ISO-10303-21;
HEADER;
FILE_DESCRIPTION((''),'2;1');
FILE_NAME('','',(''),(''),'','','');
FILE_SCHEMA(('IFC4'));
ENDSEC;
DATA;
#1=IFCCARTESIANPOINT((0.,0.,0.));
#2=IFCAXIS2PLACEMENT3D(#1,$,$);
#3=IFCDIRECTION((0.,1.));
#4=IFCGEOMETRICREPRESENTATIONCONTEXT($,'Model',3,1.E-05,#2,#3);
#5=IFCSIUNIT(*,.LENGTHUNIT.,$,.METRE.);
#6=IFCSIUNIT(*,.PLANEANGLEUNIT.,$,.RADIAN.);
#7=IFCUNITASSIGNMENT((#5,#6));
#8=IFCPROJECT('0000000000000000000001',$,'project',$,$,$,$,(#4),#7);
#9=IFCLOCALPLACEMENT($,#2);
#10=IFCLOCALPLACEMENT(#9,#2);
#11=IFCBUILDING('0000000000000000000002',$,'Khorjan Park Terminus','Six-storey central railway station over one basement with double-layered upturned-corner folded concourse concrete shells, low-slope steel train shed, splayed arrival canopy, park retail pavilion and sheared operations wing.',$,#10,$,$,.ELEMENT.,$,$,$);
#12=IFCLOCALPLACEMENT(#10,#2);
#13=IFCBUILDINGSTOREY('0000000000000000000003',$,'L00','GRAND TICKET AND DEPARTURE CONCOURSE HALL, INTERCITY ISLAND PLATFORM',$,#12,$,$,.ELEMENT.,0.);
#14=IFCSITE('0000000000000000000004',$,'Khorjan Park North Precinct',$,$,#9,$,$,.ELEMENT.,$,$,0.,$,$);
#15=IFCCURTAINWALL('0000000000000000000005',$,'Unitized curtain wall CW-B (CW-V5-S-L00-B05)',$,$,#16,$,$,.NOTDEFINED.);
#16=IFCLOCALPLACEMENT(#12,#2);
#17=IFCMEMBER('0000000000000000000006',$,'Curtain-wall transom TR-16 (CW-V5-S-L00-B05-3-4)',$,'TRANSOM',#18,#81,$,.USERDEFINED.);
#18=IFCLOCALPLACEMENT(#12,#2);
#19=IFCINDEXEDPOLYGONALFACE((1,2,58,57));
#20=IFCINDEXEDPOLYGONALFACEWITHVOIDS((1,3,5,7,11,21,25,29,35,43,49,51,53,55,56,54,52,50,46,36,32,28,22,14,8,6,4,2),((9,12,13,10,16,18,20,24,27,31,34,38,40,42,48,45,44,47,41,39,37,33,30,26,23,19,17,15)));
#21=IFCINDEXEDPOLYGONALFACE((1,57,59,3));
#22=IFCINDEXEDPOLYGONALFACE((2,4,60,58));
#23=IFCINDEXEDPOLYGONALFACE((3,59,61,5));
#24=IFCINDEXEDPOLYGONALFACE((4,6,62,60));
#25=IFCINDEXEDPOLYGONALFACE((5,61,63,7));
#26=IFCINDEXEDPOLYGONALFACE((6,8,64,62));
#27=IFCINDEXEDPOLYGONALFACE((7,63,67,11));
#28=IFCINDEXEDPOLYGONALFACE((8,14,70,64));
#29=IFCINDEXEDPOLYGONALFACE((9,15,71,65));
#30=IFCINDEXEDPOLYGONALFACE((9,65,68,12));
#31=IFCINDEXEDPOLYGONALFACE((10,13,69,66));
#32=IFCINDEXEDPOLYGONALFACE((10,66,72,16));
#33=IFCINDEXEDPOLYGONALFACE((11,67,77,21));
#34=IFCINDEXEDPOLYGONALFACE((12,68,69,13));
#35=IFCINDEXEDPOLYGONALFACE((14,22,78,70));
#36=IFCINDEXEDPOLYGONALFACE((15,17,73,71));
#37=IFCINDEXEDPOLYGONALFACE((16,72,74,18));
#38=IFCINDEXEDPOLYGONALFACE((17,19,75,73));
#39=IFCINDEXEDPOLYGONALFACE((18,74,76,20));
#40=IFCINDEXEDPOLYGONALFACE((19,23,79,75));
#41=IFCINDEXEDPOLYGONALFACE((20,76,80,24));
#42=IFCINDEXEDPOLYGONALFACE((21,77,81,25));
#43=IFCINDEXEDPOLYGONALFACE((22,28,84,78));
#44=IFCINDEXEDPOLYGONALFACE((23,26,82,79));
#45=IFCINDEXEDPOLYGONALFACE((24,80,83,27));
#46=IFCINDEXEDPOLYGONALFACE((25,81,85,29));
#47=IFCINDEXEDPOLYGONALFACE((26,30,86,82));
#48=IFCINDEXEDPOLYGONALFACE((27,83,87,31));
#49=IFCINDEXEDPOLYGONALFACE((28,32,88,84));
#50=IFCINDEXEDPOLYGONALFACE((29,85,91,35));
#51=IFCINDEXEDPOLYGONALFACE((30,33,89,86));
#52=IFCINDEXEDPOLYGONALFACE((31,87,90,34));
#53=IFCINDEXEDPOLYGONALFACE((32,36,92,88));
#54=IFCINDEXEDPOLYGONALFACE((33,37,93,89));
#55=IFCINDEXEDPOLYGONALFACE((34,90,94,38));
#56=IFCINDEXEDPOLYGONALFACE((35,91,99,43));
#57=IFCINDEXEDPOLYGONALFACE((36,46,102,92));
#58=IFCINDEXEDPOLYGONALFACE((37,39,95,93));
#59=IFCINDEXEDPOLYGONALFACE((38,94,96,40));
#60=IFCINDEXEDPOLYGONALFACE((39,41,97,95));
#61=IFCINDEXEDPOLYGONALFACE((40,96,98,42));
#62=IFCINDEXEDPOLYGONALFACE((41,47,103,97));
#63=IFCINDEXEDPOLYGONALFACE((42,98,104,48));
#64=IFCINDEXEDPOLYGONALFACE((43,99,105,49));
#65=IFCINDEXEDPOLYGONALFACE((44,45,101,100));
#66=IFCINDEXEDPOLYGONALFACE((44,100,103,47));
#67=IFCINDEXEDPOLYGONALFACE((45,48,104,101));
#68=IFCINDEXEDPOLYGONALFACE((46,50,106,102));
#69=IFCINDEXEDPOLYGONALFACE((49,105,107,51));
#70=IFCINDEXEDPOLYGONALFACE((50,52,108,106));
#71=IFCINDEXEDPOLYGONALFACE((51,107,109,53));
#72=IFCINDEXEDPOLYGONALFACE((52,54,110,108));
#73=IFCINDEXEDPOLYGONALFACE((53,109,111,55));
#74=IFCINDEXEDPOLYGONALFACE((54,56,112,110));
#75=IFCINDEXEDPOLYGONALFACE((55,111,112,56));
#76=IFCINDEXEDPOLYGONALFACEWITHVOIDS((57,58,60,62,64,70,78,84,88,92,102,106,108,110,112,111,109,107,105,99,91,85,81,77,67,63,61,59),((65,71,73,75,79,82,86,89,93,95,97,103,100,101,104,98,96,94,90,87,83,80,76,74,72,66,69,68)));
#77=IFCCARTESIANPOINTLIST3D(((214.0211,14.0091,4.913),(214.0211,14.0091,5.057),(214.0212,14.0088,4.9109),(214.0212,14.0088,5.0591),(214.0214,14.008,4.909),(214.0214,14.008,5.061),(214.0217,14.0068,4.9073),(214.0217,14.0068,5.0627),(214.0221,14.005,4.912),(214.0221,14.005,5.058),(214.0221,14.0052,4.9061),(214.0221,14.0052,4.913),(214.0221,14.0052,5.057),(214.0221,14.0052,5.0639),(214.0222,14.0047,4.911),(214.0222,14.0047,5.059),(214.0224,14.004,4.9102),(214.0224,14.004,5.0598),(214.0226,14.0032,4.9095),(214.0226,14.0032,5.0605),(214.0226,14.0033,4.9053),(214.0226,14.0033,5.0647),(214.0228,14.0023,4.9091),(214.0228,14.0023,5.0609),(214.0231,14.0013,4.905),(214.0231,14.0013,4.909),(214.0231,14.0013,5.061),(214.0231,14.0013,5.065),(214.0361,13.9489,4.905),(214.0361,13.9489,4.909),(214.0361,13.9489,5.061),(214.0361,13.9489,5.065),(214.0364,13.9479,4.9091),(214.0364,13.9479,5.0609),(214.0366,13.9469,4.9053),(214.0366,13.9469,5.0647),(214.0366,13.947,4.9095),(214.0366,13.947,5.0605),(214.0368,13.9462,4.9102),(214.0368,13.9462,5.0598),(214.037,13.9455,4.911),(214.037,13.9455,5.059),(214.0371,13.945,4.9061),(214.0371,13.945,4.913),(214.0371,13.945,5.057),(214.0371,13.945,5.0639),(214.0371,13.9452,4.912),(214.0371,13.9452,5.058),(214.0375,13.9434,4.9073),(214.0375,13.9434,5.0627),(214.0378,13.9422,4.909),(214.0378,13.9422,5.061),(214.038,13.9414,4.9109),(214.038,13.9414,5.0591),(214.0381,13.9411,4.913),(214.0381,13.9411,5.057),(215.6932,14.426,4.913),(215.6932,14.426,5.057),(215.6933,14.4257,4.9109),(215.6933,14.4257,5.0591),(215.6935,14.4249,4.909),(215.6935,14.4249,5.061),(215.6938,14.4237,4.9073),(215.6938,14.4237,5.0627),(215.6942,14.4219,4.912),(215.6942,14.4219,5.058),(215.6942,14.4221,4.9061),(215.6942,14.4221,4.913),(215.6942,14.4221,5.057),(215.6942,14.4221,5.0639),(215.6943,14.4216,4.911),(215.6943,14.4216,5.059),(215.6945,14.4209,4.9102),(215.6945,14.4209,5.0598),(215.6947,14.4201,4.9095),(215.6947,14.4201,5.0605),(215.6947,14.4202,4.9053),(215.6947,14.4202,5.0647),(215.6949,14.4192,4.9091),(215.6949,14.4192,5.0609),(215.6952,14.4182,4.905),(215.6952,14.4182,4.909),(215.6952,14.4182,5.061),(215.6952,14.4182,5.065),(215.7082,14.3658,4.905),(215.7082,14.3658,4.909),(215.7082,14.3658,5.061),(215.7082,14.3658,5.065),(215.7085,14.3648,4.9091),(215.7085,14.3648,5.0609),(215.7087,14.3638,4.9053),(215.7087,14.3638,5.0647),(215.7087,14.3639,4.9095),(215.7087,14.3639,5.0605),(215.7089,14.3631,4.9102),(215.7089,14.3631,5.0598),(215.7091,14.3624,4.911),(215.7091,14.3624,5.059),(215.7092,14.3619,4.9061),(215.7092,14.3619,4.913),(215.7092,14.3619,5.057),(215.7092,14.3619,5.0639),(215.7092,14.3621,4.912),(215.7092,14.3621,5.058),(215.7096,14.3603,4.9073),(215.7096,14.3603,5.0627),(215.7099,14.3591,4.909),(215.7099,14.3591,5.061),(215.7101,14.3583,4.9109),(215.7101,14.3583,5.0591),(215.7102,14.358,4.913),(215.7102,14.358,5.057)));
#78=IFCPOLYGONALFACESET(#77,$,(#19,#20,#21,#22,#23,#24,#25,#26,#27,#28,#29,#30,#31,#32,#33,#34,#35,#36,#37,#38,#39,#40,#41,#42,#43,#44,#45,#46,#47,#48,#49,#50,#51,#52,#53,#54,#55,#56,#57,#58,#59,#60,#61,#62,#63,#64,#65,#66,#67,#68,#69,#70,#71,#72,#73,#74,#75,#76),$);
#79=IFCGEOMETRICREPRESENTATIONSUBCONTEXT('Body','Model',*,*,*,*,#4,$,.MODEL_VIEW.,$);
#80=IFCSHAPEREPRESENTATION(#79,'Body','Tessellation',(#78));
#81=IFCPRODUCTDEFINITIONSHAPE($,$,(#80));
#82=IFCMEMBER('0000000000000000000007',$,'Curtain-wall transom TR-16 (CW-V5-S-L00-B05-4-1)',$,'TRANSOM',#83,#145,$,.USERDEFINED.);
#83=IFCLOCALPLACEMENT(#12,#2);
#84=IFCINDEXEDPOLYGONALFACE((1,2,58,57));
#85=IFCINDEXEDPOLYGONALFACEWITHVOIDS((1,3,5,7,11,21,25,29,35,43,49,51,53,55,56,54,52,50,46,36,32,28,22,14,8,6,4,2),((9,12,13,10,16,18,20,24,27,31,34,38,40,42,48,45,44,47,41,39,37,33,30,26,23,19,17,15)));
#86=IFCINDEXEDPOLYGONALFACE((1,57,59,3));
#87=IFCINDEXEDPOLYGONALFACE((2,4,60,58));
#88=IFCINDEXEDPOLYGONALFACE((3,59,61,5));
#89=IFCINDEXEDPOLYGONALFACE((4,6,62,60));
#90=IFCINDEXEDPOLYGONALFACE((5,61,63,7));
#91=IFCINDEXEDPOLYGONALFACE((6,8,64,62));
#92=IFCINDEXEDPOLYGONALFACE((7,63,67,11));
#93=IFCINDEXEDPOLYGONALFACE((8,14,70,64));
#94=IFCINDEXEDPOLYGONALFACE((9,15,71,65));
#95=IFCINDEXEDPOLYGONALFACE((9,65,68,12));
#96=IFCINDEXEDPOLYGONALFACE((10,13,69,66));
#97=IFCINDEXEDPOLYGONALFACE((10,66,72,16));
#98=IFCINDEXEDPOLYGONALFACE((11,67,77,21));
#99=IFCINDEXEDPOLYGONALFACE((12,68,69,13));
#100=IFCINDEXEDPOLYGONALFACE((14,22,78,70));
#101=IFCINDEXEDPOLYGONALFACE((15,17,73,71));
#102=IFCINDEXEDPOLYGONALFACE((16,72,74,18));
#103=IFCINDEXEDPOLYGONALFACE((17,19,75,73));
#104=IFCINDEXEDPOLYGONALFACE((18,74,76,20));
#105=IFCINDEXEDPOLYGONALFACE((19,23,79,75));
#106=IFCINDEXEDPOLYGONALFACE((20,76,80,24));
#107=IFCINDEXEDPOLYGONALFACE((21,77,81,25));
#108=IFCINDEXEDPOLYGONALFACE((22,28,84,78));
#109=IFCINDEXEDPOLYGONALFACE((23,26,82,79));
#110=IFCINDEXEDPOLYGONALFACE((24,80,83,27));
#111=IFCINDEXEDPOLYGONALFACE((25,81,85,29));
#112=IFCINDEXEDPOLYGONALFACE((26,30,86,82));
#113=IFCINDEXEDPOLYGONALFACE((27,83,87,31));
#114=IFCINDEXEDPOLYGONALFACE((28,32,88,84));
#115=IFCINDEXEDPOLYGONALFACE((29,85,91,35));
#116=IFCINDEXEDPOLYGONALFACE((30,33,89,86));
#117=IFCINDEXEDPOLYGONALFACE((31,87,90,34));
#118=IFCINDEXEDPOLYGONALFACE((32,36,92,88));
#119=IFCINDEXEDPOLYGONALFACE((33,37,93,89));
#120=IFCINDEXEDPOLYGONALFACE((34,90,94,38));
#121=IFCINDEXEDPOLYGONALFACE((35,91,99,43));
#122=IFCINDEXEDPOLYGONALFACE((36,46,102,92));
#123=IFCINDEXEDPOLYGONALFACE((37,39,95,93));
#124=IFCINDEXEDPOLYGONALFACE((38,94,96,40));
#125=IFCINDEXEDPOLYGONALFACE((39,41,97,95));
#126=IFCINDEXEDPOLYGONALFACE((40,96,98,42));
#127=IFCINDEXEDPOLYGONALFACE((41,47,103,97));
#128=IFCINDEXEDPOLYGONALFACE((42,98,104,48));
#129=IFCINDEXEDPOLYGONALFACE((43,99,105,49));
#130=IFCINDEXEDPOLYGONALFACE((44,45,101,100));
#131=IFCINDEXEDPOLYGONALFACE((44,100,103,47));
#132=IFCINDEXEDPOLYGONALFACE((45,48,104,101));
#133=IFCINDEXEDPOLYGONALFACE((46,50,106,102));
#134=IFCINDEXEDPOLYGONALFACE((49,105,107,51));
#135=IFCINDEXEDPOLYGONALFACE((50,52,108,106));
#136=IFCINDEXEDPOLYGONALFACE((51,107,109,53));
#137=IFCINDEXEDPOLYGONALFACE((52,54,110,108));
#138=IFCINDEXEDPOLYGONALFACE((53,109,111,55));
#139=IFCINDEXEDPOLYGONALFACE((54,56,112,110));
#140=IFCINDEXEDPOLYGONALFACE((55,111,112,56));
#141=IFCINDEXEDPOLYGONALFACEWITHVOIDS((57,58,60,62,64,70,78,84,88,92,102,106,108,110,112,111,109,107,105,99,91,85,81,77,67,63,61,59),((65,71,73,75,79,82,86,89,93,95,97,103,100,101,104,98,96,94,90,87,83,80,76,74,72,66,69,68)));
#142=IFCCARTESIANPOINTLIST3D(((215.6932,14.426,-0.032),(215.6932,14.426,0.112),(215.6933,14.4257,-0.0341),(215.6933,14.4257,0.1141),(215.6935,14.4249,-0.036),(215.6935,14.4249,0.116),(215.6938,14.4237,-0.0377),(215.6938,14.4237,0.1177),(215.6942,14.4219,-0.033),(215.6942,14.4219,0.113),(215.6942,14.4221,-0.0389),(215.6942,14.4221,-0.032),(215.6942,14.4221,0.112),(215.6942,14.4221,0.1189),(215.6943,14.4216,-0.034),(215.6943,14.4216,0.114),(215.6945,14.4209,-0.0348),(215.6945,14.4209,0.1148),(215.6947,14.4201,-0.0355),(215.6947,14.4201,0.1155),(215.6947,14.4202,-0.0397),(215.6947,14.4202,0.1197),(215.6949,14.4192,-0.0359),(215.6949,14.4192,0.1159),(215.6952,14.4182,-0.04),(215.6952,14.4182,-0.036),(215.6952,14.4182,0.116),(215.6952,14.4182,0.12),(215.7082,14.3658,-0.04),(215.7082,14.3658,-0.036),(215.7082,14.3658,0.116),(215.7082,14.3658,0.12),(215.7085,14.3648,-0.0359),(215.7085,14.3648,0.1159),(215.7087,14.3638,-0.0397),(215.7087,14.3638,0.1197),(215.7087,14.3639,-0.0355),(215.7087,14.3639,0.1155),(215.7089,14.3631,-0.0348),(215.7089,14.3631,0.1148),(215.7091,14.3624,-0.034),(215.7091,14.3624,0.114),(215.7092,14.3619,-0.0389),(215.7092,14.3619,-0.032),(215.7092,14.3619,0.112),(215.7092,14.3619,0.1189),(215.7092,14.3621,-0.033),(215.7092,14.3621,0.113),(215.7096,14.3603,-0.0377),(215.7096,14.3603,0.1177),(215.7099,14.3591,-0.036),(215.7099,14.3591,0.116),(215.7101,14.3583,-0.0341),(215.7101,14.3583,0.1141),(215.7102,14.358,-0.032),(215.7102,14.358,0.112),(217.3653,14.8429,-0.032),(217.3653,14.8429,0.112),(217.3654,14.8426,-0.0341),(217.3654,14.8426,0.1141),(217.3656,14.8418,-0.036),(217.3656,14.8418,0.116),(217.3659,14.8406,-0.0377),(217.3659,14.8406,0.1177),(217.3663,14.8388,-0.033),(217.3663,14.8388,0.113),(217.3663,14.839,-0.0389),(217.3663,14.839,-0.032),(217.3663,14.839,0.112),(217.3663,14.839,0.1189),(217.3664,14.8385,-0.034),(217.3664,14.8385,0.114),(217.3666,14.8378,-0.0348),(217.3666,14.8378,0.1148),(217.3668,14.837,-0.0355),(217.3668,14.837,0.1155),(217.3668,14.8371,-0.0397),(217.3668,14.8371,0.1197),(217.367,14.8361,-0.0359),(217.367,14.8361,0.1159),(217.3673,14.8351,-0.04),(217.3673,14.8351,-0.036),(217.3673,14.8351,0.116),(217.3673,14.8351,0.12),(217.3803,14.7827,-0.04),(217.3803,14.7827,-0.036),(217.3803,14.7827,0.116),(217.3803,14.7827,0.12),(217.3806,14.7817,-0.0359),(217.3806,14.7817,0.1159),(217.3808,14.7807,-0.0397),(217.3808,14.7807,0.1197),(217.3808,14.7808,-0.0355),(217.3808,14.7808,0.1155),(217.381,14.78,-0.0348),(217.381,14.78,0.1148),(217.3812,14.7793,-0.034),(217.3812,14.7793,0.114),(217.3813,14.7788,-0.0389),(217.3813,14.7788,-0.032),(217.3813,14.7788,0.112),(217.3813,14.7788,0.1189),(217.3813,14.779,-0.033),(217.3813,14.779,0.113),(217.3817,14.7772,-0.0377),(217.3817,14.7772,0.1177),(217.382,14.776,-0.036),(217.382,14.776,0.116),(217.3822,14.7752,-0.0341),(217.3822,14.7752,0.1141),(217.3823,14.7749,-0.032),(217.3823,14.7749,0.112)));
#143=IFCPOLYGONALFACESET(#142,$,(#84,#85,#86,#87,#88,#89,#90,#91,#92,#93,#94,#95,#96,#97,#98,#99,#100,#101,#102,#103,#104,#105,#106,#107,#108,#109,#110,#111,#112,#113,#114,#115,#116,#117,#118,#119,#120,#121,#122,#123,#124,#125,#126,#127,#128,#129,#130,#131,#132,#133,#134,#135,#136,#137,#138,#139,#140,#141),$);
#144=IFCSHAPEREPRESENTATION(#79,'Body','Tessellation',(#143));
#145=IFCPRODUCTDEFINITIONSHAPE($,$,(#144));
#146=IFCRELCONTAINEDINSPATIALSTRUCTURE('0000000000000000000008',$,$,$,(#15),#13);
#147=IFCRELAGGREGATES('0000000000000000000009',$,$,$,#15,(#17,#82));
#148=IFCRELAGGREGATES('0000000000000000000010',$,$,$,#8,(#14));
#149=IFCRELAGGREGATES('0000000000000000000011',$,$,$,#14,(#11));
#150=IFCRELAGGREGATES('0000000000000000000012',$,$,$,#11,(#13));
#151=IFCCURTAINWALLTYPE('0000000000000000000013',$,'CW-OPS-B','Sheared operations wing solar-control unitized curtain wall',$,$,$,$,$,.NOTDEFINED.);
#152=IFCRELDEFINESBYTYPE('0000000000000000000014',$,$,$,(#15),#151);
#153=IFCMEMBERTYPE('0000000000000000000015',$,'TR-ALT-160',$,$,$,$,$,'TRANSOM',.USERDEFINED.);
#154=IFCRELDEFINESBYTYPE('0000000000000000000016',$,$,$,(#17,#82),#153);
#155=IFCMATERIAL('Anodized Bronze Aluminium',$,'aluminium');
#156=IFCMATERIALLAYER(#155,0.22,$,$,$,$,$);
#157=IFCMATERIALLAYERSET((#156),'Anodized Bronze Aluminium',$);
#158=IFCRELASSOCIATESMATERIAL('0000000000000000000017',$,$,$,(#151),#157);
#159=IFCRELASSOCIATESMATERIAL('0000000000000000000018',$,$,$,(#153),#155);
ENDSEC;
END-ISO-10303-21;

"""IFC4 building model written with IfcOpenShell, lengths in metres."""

from ifc_helpers import new_model, si_unit, direction, frame, origin, origin_2d, place, context, subcontext, project, spatial, hollow_rectangle, extrude, material, layer, layer_set, material_profile, profile_set, type_object, element, aggregate, save


model = new_model("IFC4")

# Units and contexts
model_context = context("Model", 3, precision=1e-05, world=origin(), true_north=direction((0.0, 1.0)))
body_context = subcontext(model_context, "Body", "Model", "MODEL_VIEW")
ifc_project = project(units=[si_unit("LENGTHUNIT", "METRE"), si_unit("PLANEANGLEUNIT", "RADIAN")], contexts=[model_context])

# Site, building, storey
site_placement = place(None, origin())
site = spatial("IfcSite", under=ifc_project, at=site_placement, Name="Khorjan Park North Precinct", CompositionType="ELEMENT", RefElevation=0.0)
building_placement = place(site_placement, origin())
building = spatial("IfcBuilding", under=site, at=building_placement, Name="Khorjan Park Terminus", Description="Six-storey central railway station over one basement with double-layered upturned-corner folded concourse concrete shells, low-slope steel train shed, splayed arrival canopy, park retail pavilion and sheared operations wing.", CompositionType="ELEMENT")
storey_placement = place(building_placement, origin())
storey = spatial("IfcBuildingStorey", under=building, at=storey_placement, Name="L00", Description="GRAND TICKET AND DEPARTURE CONCOURSE HALL, INTERCITY ISLAND PLATFORM", CompositionType="ELEMENT", Elevation=0.0)

# Curtain wall, members
ifc_material_1 = material(Name="Anodized Bronze Aluminium", Category="aluminium")
ifc_layer_1 = layer(ifc_material_1, 0.22)
ifc_layer_set_1 = layer_set([ifc_layer_1], Name="Anodized Bronze Aluminium")
curtain_wall_type = type_object("IfcCurtainWallType", Name="CW-OPS-B", Description="Sheared operations wing solar-control unitized curtain wall", PredefinedType="NOTDEFINED", material=ifc_layer_set_1)
curtain_wall_placement = place(storey_placement, origin())
curtain_wall = element("IfcCurtainWall", 1, at=curtain_wall_placement, inside=storey, type_object=curtain_wall_type, Name="Unitized curtain wall CW-B (CW-V5-S-L00-B05)", PredefinedType="NOTDEFINED")
ifc_material_profile_1 = material_profile(ifc_material_1, hollow_rectangle(XDim=0.07, YDim=0.16, WallThickness=0.004, InnerFilletRadius=0.004, OuterFilletRadius=0.008, at=origin_2d()), Name="ALT 70x160x4")
ifc_profile_set_1 = profile_set([ifc_material_profile_1], Name="Anodized Bronze Aluminium")
member_type_1 = type_object("IfcMemberType", Name="TR-ALT-160", ElementType="TRANSOM", PredefinedType="USERDEFINED", material=ifc_profile_set_1)
member_1_placement = place(storey_placement, frame((214.0296, 13.9751, 4.985), z_axis=(0.970296, 0.241921, 0.0), x_axis=(-0.241921, 0.970296, 0.0)))
member_1 = element("IfcMember", 2, at=member_1_placement, type_object=member_type_1, Name="Curtain-wall transom TR-16 (CW-V5-S-L00-B05-3-4)", ObjectType="TRANSOM", PredefinedType="USERDEFINED", context=body_context, shape_type="SweptSolid", body=[
    extrude(hollow_rectangle(XDim=0.07, YDim=0.16, WallThickness=0.004, InnerFilletRadius=0.004, OuterFilletRadius=0.008, at=origin_2d()), origin(), (0.0, 0.0, 1.0), 1.7233),
])
member_2_placement = place(storey_placement, frame((215.7017, 14.392, 0.04), z_axis=(0.970296, 0.241921, 0.0), x_axis=(-0.241921, 0.970296, 0.0)))
member_2 = element("IfcMember", 3, at=member_2_placement, type_object=member_type_1, Name="Curtain-wall transom TR-16 (CW-V5-S-L00-B05-4-1)", ObjectType="TRANSOM", PredefinedType="USERDEFINED", context=body_context, shape_type="SweptSolid", body=[
    extrude(hollow_rectangle(XDim=0.07, YDim=0.16, WallThickness=0.004, InnerFilletRadius=0.004, OuterFilletRadius=0.008, at=origin_2d()), origin(), (0.0, 0.0, 1.0), 1.7233),
])
aggregate(curtain_wall, [member_1, member_2])

save(model, "model.ifc")
